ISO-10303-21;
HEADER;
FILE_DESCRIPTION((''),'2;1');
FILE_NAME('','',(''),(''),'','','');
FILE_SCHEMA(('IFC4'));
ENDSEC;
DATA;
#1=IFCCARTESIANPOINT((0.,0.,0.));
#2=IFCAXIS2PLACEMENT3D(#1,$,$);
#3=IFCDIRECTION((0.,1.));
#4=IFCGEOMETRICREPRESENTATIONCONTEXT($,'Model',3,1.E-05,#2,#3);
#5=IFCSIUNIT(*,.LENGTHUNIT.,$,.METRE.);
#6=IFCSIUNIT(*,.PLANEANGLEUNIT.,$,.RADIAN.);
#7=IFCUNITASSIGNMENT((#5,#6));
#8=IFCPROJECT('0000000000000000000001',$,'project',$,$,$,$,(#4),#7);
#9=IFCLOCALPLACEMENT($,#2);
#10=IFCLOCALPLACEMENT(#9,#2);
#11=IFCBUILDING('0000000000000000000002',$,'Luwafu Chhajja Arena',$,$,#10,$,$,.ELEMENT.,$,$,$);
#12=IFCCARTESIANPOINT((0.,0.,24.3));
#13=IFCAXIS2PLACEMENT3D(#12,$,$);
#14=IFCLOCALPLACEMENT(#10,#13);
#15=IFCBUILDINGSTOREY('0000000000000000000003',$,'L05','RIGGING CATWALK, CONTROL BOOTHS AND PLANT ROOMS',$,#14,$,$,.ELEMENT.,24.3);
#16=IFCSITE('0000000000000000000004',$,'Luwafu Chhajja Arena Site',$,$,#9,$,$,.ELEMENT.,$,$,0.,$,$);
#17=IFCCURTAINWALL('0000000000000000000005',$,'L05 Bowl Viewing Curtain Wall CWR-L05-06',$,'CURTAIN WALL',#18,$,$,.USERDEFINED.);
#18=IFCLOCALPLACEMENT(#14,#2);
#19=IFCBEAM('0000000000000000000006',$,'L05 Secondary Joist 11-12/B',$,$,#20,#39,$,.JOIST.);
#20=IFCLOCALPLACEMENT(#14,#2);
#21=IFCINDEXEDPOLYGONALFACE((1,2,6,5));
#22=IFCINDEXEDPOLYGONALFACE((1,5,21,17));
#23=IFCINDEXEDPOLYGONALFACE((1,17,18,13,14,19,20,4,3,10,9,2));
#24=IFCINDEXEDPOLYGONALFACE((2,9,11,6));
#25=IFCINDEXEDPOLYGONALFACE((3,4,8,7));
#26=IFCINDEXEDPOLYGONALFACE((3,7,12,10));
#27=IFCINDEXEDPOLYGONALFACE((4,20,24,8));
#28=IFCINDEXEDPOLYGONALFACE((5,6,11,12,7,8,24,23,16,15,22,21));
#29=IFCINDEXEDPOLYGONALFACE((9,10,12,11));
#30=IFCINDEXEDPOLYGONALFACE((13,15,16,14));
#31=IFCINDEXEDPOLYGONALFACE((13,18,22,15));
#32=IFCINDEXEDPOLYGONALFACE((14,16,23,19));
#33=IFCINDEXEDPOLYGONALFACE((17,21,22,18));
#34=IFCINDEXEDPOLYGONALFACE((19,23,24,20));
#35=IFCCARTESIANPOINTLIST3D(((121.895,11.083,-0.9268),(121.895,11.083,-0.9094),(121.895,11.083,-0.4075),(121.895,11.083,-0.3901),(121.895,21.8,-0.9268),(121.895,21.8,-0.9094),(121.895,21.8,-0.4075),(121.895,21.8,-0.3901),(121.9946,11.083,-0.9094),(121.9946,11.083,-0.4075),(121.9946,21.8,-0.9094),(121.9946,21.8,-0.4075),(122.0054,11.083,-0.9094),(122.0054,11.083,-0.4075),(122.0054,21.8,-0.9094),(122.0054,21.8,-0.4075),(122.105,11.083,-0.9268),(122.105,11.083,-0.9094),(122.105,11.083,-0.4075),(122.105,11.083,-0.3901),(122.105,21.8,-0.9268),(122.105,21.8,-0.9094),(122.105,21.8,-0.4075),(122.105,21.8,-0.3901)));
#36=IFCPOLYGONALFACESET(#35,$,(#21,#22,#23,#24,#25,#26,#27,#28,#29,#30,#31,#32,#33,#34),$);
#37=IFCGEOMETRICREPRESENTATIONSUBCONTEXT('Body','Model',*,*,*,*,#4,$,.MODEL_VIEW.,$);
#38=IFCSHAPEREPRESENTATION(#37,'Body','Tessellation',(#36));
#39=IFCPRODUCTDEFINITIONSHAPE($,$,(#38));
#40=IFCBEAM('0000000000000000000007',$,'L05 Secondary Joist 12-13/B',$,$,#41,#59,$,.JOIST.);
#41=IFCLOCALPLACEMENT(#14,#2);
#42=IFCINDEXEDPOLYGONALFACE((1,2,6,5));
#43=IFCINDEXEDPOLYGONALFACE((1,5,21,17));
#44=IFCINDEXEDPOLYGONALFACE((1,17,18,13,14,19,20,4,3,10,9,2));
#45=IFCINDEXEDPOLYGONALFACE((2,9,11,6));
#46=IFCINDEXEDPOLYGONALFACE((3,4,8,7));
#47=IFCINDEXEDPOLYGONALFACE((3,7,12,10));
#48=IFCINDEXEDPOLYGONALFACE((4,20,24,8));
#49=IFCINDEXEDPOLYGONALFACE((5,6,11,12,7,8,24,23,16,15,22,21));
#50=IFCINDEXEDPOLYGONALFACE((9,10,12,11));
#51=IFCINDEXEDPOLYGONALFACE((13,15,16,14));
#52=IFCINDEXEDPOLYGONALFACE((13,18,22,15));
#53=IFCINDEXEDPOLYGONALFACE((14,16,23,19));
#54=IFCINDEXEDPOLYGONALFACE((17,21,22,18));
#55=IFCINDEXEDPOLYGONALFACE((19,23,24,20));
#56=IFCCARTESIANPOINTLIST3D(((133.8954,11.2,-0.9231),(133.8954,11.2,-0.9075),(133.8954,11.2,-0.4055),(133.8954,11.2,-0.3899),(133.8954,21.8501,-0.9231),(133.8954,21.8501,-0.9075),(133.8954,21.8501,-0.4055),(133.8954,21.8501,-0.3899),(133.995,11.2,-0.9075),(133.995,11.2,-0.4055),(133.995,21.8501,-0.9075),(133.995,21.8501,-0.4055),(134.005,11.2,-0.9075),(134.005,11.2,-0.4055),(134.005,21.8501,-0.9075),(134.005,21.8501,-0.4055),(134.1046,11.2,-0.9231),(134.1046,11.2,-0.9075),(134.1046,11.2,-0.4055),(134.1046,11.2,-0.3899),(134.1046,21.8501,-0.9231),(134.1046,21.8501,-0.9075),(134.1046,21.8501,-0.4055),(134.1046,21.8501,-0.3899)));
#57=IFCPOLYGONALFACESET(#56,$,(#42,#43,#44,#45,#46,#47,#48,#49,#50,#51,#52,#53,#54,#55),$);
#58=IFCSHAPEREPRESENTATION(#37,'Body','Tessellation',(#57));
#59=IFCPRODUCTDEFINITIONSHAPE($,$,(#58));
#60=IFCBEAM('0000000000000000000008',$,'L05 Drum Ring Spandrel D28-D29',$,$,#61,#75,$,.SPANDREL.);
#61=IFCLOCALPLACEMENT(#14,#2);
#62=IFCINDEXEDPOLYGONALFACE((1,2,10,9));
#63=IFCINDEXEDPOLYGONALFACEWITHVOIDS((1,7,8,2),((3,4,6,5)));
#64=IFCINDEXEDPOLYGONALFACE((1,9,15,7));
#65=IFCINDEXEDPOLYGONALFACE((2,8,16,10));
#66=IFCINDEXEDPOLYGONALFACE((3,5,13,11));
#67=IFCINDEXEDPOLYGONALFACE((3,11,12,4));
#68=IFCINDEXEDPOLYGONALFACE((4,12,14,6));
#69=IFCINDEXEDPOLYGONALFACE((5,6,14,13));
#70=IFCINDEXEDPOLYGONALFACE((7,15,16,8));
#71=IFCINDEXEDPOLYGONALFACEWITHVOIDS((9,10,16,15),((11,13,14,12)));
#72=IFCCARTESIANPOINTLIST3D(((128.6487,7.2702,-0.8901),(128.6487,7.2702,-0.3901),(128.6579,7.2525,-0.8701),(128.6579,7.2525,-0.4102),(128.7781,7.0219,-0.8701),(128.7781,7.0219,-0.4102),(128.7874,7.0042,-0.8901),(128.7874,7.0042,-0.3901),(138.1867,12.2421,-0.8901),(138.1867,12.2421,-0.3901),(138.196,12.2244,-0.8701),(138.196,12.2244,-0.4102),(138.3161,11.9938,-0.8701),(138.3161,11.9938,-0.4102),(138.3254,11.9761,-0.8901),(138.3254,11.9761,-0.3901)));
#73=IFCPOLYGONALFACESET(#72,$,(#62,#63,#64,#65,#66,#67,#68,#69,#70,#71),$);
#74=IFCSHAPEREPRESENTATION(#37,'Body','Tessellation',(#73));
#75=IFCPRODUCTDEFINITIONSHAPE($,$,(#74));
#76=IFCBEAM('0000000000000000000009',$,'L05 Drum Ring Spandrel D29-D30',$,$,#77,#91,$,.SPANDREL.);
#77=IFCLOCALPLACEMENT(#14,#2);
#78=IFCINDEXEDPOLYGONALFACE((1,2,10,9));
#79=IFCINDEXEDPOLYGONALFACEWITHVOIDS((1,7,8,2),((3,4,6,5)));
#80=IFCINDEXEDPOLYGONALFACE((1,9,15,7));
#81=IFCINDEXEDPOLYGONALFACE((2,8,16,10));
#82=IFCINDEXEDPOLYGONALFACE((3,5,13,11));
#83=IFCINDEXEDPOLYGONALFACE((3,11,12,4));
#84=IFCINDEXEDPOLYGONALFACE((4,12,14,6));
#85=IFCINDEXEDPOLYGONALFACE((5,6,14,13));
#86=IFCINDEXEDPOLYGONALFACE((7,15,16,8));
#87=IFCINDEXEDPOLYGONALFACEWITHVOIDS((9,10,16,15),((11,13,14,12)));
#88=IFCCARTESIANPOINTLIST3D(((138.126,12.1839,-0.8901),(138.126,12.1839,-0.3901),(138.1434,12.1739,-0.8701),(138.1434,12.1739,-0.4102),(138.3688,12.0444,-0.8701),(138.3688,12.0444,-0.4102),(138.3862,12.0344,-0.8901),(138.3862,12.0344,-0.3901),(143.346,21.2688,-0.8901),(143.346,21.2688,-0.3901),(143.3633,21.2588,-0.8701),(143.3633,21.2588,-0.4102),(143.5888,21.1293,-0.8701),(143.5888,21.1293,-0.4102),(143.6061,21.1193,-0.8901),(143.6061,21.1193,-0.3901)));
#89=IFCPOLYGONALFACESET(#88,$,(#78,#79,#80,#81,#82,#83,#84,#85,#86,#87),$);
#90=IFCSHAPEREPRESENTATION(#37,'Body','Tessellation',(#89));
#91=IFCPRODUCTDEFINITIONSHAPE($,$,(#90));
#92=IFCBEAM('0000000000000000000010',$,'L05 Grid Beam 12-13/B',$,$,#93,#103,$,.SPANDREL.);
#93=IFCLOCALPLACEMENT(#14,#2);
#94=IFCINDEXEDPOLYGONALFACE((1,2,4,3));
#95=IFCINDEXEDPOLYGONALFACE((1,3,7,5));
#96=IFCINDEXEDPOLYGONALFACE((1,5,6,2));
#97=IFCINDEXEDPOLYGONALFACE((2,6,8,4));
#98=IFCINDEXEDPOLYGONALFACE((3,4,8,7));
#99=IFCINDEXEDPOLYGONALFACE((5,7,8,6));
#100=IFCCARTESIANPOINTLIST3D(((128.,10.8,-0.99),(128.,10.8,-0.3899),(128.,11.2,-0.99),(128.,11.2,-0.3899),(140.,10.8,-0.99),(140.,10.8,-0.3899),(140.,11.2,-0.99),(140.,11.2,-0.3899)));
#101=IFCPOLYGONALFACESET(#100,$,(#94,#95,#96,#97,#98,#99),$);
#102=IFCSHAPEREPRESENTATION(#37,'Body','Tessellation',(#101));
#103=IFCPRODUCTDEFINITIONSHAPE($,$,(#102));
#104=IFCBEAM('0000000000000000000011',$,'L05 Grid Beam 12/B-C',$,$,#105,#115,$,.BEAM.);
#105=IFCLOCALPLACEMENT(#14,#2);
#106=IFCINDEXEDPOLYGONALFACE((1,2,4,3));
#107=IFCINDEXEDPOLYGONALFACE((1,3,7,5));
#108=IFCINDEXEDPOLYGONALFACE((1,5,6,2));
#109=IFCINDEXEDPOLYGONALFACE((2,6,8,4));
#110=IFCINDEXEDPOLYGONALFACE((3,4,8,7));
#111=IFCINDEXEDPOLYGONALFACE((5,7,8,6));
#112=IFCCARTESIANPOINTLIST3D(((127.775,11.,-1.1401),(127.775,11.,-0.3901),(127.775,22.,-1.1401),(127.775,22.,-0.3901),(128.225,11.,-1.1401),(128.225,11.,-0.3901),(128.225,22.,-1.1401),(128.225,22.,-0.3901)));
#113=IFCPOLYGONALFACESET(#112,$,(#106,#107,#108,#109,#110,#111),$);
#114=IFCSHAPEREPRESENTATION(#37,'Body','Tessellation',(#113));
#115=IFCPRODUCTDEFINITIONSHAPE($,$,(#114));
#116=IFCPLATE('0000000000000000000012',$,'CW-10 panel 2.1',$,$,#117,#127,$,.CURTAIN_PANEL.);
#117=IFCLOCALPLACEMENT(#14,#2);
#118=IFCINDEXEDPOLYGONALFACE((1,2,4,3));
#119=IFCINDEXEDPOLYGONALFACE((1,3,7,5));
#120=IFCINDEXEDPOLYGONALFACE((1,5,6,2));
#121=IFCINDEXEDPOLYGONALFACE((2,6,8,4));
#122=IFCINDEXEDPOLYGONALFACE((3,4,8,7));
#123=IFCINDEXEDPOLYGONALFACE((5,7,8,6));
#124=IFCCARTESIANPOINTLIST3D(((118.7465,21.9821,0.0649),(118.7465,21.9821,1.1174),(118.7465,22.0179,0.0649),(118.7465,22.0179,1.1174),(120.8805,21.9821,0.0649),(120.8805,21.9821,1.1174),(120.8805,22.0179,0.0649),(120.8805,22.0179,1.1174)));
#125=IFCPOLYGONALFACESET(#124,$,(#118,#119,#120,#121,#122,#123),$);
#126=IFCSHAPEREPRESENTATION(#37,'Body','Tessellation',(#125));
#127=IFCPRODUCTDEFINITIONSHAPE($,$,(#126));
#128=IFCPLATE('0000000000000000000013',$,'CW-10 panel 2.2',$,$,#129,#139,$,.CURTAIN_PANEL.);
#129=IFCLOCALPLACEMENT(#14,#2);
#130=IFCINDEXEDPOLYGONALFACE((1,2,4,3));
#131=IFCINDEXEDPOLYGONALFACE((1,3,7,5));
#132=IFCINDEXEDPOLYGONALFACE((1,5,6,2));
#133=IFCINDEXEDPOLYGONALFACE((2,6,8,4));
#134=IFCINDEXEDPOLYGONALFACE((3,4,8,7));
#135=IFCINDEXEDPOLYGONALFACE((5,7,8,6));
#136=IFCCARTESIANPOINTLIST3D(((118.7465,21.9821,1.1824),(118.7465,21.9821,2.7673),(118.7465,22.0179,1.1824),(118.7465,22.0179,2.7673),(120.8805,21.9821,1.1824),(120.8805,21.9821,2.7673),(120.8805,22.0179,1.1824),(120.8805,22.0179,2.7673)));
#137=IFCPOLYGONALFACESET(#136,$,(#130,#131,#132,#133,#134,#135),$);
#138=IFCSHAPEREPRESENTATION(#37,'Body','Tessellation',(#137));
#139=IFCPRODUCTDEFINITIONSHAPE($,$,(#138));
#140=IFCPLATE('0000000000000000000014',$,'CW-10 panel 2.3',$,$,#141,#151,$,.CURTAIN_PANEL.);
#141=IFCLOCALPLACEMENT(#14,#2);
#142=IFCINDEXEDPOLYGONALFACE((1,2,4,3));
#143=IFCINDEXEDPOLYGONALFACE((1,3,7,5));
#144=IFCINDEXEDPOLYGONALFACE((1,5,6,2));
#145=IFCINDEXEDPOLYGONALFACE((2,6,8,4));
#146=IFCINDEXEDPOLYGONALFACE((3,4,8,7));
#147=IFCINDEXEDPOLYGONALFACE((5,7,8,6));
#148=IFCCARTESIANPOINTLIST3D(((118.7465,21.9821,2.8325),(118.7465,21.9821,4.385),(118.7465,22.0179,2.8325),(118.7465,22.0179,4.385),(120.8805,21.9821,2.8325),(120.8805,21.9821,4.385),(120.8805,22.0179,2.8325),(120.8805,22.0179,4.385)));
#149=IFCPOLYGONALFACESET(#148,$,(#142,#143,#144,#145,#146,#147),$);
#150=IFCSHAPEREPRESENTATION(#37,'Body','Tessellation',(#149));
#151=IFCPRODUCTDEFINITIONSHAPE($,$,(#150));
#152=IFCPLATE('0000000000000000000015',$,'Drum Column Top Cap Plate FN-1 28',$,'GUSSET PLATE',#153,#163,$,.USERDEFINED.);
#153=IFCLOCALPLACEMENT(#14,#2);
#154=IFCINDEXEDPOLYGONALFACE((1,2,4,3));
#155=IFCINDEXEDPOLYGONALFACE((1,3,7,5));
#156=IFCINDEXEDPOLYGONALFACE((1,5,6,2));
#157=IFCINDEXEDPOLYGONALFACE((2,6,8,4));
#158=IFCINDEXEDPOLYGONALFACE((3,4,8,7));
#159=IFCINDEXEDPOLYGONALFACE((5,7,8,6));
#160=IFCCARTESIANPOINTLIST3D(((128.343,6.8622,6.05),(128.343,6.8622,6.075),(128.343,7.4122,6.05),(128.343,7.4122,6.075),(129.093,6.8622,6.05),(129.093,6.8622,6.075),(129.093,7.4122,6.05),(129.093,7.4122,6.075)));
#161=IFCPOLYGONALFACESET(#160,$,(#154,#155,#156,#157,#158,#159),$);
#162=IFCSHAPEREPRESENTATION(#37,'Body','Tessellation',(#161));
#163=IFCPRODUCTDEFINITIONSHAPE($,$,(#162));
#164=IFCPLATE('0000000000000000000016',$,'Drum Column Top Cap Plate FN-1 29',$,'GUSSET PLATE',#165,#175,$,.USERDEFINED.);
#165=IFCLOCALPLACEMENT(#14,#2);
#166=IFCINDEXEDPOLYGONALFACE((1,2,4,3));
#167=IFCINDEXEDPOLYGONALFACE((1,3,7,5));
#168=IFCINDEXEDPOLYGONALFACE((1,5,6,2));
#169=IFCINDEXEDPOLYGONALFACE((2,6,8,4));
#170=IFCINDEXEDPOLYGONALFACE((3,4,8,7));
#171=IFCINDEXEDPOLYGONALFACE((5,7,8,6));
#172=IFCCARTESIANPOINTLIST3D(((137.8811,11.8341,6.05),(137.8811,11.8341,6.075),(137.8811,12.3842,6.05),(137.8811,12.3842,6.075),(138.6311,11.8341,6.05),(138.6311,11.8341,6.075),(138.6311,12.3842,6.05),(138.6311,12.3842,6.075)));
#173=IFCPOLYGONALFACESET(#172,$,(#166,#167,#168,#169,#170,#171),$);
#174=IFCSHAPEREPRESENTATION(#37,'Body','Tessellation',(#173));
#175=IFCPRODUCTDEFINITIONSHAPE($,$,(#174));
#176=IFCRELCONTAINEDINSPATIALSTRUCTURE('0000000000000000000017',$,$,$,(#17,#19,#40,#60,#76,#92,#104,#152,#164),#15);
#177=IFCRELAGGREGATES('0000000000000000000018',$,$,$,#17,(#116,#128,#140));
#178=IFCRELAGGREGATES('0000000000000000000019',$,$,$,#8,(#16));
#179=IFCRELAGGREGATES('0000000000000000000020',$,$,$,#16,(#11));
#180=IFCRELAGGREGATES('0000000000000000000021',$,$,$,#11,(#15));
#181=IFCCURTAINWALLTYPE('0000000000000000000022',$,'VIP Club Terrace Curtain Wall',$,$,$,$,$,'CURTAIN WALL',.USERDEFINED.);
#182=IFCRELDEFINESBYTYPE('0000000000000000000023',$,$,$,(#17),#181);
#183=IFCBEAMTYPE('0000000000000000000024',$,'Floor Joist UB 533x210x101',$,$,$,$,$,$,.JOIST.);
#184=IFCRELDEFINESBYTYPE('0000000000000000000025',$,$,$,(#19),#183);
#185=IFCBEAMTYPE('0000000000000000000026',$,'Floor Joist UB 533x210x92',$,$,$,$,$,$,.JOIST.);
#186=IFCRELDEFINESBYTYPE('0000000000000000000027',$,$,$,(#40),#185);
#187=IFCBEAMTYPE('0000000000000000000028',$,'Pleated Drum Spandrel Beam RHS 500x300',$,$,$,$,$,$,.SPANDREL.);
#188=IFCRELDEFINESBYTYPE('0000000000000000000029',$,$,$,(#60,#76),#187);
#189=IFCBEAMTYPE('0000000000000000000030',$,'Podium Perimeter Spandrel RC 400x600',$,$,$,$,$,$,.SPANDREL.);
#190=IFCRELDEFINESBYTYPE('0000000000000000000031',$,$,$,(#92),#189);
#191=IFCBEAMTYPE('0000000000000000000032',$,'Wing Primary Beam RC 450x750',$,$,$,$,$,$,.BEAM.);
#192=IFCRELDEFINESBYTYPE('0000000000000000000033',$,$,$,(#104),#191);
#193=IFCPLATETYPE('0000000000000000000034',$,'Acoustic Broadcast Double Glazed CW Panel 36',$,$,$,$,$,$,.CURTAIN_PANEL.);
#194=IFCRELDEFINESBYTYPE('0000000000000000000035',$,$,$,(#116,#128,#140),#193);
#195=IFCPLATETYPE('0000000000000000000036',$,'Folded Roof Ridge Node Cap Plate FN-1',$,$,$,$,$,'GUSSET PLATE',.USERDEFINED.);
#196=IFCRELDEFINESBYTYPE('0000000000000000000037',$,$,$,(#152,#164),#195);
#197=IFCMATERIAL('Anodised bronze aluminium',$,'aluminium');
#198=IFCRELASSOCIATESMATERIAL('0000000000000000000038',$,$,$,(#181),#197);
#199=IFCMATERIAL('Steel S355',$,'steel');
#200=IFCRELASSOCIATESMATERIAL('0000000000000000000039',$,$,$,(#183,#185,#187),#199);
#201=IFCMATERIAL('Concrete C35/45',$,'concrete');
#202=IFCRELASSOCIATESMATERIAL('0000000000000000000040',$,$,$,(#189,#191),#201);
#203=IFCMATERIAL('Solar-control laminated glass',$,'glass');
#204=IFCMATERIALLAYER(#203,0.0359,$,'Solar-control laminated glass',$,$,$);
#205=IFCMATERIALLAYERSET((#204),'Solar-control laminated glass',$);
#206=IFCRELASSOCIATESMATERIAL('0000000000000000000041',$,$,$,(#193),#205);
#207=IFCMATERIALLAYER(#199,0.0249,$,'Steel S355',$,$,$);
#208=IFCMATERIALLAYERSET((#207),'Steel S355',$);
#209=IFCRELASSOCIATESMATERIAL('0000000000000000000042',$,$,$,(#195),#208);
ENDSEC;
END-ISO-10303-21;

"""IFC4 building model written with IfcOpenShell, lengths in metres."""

from ifc_helpers import new_model, si_unit, direction, frame, origin, origin_2d, place, context, subcontext, project, spatial, rectangle, hollow_rectangle, i_section, extrude, material, layer, layer_set, material_profile, profile_set, type_object, element, aggregate, save


model = new_model("IFC4")

# Units and contexts
model_context = context("Model", 3, precision=1e-05, world=origin(), true_north=direction((0.0, 1.0)))
body_context = subcontext(model_context, "Body", "Model", "MODEL_VIEW")
ifc_project = project(units=[si_unit("LENGTHUNIT", "METRE"), si_unit("PLANEANGLEUNIT", "RADIAN")], contexts=[model_context])

# Site, building, storey
site_placement = place(None, origin())
site = spatial("IfcSite", under=ifc_project, at=site_placement, Name="Luwafu Chhajja Arena Site", CompositionType="ELEMENT", RefElevation=0.0)
building_placement = place(site_placement, origin())
building = spatial("IfcBuilding", under=site, at=building_placement, Name="Luwafu Chhajja Arena", CompositionType="ELEMENT")
storey_placement = place(building_placement, frame((0.0, 0.0, 24.3)))
storey = spatial("IfcBuildingStorey", under=building, at=storey_placement, Name="L05", Description="RIGGING CATWALK, CONTROL BOOTHS AND PLANT ROOMS", CompositionType="ELEMENT", Elevation=24.3)

# Shared definitions
ifc_material_1 = material(Name="Concrete C35/45", Category="concrete")
ifc_material_2 = material(Name="Steel S355", Category="steel")

# Curtain wall
ifc_material_3 = material(Name="Anodised bronze aluminium", Category="aluminium")
curtain_wall_type = type_object("IfcCurtainWallType", Name="VIP Club Terrace Curtain Wall", ElementType="CURTAIN WALL", PredefinedType="USERDEFINED", material=ifc_material_3)
curtain_wall_placement = place(storey_placement, origin())
curtain_wall = element("IfcCurtainWall", 1, at=curtain_wall_placement, inside=storey, type_object=curtain_wall_type, Name="L05 Bowl Viewing Curtain Wall CWR-L05-06", ObjectType="CURTAIN WALL", PredefinedType="USERDEFINED")

# Beams
ifc_material_profile_1 = material_profile(ifc_material_2, i_section(OverallWidth=0.21, OverallDepth=0.5366, WebThickness=0.0107, FlangeThickness=0.0173, at=origin_2d()), Name="UB 533x210x101")
ifc_profile_set_1 = profile_set([ifc_material_profile_1], Name="Steel S355")
beam_type_1 = type_object("IfcBeamType", Name="Floor Joist UB 533x210x101", PredefinedType="JOIST", material=ifc_profile_set_1)
beam_1_placement = place(storey_placement, frame((122.0, 11.083, -0.6584), z_axis=(0.0, 1.0, 0.0), x_axis=(-1.0, 0.0, 0.0)))
element("IfcBeam", 2, at=beam_1_placement, inside=storey, type_object=beam_type_1, Name="L05 Secondary Joist 11-12/B", PredefinedType="JOIST", context=body_context, shape_type="SweptSolid", body=[
    extrude(i_section(OverallWidth=0.21, OverallDepth=0.5366, WebThickness=0.0107, FlangeThickness=0.0173, at=origin_2d()), origin(), (0.0, 0.0, 1.0), 10.717),
])
ifc_material_profile_2 = material_profile(ifc_material_2, i_section(OverallWidth=0.2092, OverallDepth=0.5332, WebThickness=0.01, FlangeThickness=0.0156, at=origin_2d()), Name="UB 533x210x92")
ifc_profile_set_2 = profile_set([ifc_material_profile_2], Name="Steel S355")
beam_type_2 = type_object("IfcBeamType", Name="Floor Joist UB 533x210x92", PredefinedType="JOIST", material=ifc_profile_set_2)
beam_2_placement = place(storey_placement, frame((134.0, 11.2, -0.6565), z_axis=(0.0, 1.0, 0.0), x_axis=(-1.0, 0.0, 0.0)))
element("IfcBeam", 3, at=beam_2_placement, inside=storey, type_object=beam_type_2, Name="L05 Secondary Joist 12-13/B", PredefinedType="JOIST", context=body_context, shape_type="SweptSolid", body=[
    extrude(i_section(OverallWidth=0.2092, OverallDepth=0.5332, WebThickness=0.01, FlangeThickness=0.0156, at=origin_2d()), origin(), (0.0, 0.0, 1.0), 10.6501),
])
ifc_material_profile_3 = material_profile(ifc_material_2, hollow_rectangle(XDim=0.3, YDim=0.5, WallThickness=0.02, at=origin_2d()), Name="RHS 500x300x20")
ifc_profile_set_3 = profile_set([ifc_material_profile_3], Name="Steel S355")
beam_type_3 = type_object("IfcBeamType", Name="Pleated Drum Spandrel Beam RHS 500x300", PredefinedType="SPANDREL", material=ifc_profile_set_3)
beam_3_placement = place(storey_placement, frame((128.718, 7.1372, -0.6401), z_axis=(0.886755, 0.462239, 0.0), x_axis=(-0.462239, 0.886755, 0.0)))
element("IfcBeam", 4, at=beam_3_placement, inside=storey, type_object=beam_type_3, Name="L05 Drum Ring Spandrel D28-D29", PredefinedType="SPANDREL", context=body_context, shape_type="SweptSolid", body=[
    extrude(hollow_rectangle(XDim=0.3, YDim=0.5, WallThickness=0.02, at=origin_2d()), origin(), (0.0, 0.0, 1.0), 10.7561),
])
beam_4_placement = place(storey_placement, frame((138.2561, 12.1091, -0.6401), z_axis=(0.498193, 0.867066, 0.0), x_axis=(-0.867066, 0.498193, 0.0)))
element("IfcBeam", 5, at=beam_4_placement, inside=storey, type_object=beam_type_3, Name="L05 Drum Ring Spandrel D29-D30", PredefinedType="SPANDREL", context=body_context, shape_type="SweptSolid", body=[
    extrude(hollow_rectangle(XDim=0.3, YDim=0.5, WallThickness=0.02, at=origin_2d()), origin(), (0.0, 0.0, 1.0), 10.4778),
])
ifc_material_profile_4 = material_profile(ifc_material_1, rectangle(XDim=0.3999, YDim=0.6001, at=origin_2d()), Name="RC 400x600")
ifc_profile_set_4 = profile_set([ifc_material_profile_4], Name="Concrete C35/45")
beam_type_4 = type_object("IfcBeamType", Name="Podium Perimeter Spandrel RC 400x600", PredefinedType="SPANDREL", material=ifc_profile_set_4)
beam_5_placement = place(storey_placement, frame((128.0, 11.0, -0.6899), z_axis=(1.0, 0.0, 0.0), x_axis=(0.0, 1.0, 0.0)))
element("IfcBeam", 6, at=beam_5_placement, inside=storey, type_object=beam_type_4, Name="L05 Grid Beam 12-13/B", PredefinedType="SPANDREL", context=body_context, shape_type="SweptSolid", body=[
    extrude(rectangle(XDim=0.3999, YDim=0.6001, at=origin_2d()), origin(), (0.0, 0.0, 1.0), 12.0),
])
ifc_material_profile_5 = material_profile(ifc_material_1, rectangle(XDim=0.45, YDim=0.75, at=origin_2d()), Name="RC 450x750")
ifc_profile_set_5 = profile_set([ifc_material_profile_5], Name="Concrete C35/45")
beam_type_5 = type_object("IfcBeamType", Name="Wing Primary Beam RC 450x750", PredefinedType="BEAM", material=ifc_profile_set_5)
beam_6_placement = place(storey_placement, frame((128.0, 11.0, -0.7651), z_axis=(0.0, 1.0, 0.0), x_axis=(-1.0, 0.0, 0.0)))
element("IfcBeam", 7, at=beam_6_placement, inside=storey, type_object=beam_type_5, Name="L05 Grid Beam 12/B-C", PredefinedType="BEAM", context=body_context, shape_type="SweptSolid", body=[
    extrude(rectangle(XDim=0.45, YDim=0.75, at=origin_2d()), origin(), (0.0, 0.0, 1.0), 11.0),
])

# Plates
ifc_material_4 = material(Name="Solar-control laminated glass", Category="glass")
ifc_layer_1 = layer(ifc_material_4, 0.0359, Name="Solar-control laminated glass")
ifc_layer_set_1 = layer_set([ifc_layer_1], Name="Solar-control laminated glass")
plate_type_1 = type_object("IfcPlateType", Name="Acoustic Broadcast Double Glazed CW Panel 36", PredefinedType="CURTAIN_PANEL", material=ifc_layer_set_1)
plate_1_placement = place(storey_placement, frame((119.8135, 22.0, 0.0649), z_axis=(0.0, 0.0, 1.0), x_axis=(1.0, 0.0, 0.0)))
plate_1 = element("IfcPlate", 8, at=plate_1_placement, type_object=plate_type_1, Name="CW-10 panel 2.1", PredefinedType="CURTAIN_PANEL", context=body_context, shape_type="SweptSolid", body=[
    extrude(rectangle(XDim=2.134, YDim=0.0359, at=origin_2d()), origin(), (0.0, 0.0, 1.0), 1.0525),
])
plate_2_placement = place(storey_placement, frame((119.8135, 22.0, 1.1824), z_axis=(0.0, 0.0, 1.0), x_axis=(1.0, 0.0, 0.0)))
plate_2 = element("IfcPlate", 9, at=plate_2_placement, type_object=plate_type_1, Name="CW-10 panel 2.2", PredefinedType="CURTAIN_PANEL", context=body_context, shape_type="SweptSolid", body=[
    extrude(rectangle(XDim=2.134, YDim=0.0359, at=origin_2d()), origin(), (0.0, 0.0, 1.0), 1.585),
])
plate_3_placement = place(storey_placement, frame((119.8135, 22.0, 2.8325), z_axis=(0.0, 0.0, 1.0), x_axis=(1.0, 0.0, 0.0)))
plate_3 = element("IfcPlate", 10, at=plate_3_placement, type_object=plate_type_1, Name="CW-10 panel 2.3", PredefinedType="CURTAIN_PANEL", context=body_context, shape_type="SweptSolid", body=[
    extrude(rectangle(XDim=2.134, YDim=0.0359, at=origin_2d()), origin(), (0.0, 0.0, 1.0), 1.5525),
])
aggregate(curtain_wall, [plate_1, plate_2, plate_3])

# Plates
ifc_layer_2 = layer(ifc_material_2, 0.0249, Name="Steel S355")
ifc_layer_set_2 = layer_set([ifc_layer_2], Name="Steel S355")
plate_type_2 = type_object("IfcPlateType", Name="Folded Roof Ridge Node Cap Plate FN-1", ElementType="GUSSET PLATE", PredefinedType="USERDEFINED", material=ifc_layer_set_2)
for number, where, z_axis, x_axis, name in (
    (11, (128.718, 7.1372, 6.05), (0.0, 0.0, 1.0), (1.0, 0.0, 0.0), "Drum Column Top Cap Plate FN-1 28"),
    (12, (138.2561, 12.1091, 6.05), (0.0, 0.0, 1.0), (1.0, 0.0, 0.0), "Drum Column Top Cap Plate FN-1 29"),
):
    element("IfcPlate", number, at=place(storey_placement, frame(where, z_axis=z_axis, x_axis=x_axis)), inside=storey, type_object=plate_type_2, Name=name, ObjectType="GUSSET PLATE", PredefinedType="USERDEFINED", context=body_context, shape_type="SweptSolid", body=[
        extrude(rectangle(XDim=0.75, YDim=0.55, at=origin_2d()), origin(), (0.0, 0.0, 1.0), 0.0249),
    ])

save(model, "model.ifc")
